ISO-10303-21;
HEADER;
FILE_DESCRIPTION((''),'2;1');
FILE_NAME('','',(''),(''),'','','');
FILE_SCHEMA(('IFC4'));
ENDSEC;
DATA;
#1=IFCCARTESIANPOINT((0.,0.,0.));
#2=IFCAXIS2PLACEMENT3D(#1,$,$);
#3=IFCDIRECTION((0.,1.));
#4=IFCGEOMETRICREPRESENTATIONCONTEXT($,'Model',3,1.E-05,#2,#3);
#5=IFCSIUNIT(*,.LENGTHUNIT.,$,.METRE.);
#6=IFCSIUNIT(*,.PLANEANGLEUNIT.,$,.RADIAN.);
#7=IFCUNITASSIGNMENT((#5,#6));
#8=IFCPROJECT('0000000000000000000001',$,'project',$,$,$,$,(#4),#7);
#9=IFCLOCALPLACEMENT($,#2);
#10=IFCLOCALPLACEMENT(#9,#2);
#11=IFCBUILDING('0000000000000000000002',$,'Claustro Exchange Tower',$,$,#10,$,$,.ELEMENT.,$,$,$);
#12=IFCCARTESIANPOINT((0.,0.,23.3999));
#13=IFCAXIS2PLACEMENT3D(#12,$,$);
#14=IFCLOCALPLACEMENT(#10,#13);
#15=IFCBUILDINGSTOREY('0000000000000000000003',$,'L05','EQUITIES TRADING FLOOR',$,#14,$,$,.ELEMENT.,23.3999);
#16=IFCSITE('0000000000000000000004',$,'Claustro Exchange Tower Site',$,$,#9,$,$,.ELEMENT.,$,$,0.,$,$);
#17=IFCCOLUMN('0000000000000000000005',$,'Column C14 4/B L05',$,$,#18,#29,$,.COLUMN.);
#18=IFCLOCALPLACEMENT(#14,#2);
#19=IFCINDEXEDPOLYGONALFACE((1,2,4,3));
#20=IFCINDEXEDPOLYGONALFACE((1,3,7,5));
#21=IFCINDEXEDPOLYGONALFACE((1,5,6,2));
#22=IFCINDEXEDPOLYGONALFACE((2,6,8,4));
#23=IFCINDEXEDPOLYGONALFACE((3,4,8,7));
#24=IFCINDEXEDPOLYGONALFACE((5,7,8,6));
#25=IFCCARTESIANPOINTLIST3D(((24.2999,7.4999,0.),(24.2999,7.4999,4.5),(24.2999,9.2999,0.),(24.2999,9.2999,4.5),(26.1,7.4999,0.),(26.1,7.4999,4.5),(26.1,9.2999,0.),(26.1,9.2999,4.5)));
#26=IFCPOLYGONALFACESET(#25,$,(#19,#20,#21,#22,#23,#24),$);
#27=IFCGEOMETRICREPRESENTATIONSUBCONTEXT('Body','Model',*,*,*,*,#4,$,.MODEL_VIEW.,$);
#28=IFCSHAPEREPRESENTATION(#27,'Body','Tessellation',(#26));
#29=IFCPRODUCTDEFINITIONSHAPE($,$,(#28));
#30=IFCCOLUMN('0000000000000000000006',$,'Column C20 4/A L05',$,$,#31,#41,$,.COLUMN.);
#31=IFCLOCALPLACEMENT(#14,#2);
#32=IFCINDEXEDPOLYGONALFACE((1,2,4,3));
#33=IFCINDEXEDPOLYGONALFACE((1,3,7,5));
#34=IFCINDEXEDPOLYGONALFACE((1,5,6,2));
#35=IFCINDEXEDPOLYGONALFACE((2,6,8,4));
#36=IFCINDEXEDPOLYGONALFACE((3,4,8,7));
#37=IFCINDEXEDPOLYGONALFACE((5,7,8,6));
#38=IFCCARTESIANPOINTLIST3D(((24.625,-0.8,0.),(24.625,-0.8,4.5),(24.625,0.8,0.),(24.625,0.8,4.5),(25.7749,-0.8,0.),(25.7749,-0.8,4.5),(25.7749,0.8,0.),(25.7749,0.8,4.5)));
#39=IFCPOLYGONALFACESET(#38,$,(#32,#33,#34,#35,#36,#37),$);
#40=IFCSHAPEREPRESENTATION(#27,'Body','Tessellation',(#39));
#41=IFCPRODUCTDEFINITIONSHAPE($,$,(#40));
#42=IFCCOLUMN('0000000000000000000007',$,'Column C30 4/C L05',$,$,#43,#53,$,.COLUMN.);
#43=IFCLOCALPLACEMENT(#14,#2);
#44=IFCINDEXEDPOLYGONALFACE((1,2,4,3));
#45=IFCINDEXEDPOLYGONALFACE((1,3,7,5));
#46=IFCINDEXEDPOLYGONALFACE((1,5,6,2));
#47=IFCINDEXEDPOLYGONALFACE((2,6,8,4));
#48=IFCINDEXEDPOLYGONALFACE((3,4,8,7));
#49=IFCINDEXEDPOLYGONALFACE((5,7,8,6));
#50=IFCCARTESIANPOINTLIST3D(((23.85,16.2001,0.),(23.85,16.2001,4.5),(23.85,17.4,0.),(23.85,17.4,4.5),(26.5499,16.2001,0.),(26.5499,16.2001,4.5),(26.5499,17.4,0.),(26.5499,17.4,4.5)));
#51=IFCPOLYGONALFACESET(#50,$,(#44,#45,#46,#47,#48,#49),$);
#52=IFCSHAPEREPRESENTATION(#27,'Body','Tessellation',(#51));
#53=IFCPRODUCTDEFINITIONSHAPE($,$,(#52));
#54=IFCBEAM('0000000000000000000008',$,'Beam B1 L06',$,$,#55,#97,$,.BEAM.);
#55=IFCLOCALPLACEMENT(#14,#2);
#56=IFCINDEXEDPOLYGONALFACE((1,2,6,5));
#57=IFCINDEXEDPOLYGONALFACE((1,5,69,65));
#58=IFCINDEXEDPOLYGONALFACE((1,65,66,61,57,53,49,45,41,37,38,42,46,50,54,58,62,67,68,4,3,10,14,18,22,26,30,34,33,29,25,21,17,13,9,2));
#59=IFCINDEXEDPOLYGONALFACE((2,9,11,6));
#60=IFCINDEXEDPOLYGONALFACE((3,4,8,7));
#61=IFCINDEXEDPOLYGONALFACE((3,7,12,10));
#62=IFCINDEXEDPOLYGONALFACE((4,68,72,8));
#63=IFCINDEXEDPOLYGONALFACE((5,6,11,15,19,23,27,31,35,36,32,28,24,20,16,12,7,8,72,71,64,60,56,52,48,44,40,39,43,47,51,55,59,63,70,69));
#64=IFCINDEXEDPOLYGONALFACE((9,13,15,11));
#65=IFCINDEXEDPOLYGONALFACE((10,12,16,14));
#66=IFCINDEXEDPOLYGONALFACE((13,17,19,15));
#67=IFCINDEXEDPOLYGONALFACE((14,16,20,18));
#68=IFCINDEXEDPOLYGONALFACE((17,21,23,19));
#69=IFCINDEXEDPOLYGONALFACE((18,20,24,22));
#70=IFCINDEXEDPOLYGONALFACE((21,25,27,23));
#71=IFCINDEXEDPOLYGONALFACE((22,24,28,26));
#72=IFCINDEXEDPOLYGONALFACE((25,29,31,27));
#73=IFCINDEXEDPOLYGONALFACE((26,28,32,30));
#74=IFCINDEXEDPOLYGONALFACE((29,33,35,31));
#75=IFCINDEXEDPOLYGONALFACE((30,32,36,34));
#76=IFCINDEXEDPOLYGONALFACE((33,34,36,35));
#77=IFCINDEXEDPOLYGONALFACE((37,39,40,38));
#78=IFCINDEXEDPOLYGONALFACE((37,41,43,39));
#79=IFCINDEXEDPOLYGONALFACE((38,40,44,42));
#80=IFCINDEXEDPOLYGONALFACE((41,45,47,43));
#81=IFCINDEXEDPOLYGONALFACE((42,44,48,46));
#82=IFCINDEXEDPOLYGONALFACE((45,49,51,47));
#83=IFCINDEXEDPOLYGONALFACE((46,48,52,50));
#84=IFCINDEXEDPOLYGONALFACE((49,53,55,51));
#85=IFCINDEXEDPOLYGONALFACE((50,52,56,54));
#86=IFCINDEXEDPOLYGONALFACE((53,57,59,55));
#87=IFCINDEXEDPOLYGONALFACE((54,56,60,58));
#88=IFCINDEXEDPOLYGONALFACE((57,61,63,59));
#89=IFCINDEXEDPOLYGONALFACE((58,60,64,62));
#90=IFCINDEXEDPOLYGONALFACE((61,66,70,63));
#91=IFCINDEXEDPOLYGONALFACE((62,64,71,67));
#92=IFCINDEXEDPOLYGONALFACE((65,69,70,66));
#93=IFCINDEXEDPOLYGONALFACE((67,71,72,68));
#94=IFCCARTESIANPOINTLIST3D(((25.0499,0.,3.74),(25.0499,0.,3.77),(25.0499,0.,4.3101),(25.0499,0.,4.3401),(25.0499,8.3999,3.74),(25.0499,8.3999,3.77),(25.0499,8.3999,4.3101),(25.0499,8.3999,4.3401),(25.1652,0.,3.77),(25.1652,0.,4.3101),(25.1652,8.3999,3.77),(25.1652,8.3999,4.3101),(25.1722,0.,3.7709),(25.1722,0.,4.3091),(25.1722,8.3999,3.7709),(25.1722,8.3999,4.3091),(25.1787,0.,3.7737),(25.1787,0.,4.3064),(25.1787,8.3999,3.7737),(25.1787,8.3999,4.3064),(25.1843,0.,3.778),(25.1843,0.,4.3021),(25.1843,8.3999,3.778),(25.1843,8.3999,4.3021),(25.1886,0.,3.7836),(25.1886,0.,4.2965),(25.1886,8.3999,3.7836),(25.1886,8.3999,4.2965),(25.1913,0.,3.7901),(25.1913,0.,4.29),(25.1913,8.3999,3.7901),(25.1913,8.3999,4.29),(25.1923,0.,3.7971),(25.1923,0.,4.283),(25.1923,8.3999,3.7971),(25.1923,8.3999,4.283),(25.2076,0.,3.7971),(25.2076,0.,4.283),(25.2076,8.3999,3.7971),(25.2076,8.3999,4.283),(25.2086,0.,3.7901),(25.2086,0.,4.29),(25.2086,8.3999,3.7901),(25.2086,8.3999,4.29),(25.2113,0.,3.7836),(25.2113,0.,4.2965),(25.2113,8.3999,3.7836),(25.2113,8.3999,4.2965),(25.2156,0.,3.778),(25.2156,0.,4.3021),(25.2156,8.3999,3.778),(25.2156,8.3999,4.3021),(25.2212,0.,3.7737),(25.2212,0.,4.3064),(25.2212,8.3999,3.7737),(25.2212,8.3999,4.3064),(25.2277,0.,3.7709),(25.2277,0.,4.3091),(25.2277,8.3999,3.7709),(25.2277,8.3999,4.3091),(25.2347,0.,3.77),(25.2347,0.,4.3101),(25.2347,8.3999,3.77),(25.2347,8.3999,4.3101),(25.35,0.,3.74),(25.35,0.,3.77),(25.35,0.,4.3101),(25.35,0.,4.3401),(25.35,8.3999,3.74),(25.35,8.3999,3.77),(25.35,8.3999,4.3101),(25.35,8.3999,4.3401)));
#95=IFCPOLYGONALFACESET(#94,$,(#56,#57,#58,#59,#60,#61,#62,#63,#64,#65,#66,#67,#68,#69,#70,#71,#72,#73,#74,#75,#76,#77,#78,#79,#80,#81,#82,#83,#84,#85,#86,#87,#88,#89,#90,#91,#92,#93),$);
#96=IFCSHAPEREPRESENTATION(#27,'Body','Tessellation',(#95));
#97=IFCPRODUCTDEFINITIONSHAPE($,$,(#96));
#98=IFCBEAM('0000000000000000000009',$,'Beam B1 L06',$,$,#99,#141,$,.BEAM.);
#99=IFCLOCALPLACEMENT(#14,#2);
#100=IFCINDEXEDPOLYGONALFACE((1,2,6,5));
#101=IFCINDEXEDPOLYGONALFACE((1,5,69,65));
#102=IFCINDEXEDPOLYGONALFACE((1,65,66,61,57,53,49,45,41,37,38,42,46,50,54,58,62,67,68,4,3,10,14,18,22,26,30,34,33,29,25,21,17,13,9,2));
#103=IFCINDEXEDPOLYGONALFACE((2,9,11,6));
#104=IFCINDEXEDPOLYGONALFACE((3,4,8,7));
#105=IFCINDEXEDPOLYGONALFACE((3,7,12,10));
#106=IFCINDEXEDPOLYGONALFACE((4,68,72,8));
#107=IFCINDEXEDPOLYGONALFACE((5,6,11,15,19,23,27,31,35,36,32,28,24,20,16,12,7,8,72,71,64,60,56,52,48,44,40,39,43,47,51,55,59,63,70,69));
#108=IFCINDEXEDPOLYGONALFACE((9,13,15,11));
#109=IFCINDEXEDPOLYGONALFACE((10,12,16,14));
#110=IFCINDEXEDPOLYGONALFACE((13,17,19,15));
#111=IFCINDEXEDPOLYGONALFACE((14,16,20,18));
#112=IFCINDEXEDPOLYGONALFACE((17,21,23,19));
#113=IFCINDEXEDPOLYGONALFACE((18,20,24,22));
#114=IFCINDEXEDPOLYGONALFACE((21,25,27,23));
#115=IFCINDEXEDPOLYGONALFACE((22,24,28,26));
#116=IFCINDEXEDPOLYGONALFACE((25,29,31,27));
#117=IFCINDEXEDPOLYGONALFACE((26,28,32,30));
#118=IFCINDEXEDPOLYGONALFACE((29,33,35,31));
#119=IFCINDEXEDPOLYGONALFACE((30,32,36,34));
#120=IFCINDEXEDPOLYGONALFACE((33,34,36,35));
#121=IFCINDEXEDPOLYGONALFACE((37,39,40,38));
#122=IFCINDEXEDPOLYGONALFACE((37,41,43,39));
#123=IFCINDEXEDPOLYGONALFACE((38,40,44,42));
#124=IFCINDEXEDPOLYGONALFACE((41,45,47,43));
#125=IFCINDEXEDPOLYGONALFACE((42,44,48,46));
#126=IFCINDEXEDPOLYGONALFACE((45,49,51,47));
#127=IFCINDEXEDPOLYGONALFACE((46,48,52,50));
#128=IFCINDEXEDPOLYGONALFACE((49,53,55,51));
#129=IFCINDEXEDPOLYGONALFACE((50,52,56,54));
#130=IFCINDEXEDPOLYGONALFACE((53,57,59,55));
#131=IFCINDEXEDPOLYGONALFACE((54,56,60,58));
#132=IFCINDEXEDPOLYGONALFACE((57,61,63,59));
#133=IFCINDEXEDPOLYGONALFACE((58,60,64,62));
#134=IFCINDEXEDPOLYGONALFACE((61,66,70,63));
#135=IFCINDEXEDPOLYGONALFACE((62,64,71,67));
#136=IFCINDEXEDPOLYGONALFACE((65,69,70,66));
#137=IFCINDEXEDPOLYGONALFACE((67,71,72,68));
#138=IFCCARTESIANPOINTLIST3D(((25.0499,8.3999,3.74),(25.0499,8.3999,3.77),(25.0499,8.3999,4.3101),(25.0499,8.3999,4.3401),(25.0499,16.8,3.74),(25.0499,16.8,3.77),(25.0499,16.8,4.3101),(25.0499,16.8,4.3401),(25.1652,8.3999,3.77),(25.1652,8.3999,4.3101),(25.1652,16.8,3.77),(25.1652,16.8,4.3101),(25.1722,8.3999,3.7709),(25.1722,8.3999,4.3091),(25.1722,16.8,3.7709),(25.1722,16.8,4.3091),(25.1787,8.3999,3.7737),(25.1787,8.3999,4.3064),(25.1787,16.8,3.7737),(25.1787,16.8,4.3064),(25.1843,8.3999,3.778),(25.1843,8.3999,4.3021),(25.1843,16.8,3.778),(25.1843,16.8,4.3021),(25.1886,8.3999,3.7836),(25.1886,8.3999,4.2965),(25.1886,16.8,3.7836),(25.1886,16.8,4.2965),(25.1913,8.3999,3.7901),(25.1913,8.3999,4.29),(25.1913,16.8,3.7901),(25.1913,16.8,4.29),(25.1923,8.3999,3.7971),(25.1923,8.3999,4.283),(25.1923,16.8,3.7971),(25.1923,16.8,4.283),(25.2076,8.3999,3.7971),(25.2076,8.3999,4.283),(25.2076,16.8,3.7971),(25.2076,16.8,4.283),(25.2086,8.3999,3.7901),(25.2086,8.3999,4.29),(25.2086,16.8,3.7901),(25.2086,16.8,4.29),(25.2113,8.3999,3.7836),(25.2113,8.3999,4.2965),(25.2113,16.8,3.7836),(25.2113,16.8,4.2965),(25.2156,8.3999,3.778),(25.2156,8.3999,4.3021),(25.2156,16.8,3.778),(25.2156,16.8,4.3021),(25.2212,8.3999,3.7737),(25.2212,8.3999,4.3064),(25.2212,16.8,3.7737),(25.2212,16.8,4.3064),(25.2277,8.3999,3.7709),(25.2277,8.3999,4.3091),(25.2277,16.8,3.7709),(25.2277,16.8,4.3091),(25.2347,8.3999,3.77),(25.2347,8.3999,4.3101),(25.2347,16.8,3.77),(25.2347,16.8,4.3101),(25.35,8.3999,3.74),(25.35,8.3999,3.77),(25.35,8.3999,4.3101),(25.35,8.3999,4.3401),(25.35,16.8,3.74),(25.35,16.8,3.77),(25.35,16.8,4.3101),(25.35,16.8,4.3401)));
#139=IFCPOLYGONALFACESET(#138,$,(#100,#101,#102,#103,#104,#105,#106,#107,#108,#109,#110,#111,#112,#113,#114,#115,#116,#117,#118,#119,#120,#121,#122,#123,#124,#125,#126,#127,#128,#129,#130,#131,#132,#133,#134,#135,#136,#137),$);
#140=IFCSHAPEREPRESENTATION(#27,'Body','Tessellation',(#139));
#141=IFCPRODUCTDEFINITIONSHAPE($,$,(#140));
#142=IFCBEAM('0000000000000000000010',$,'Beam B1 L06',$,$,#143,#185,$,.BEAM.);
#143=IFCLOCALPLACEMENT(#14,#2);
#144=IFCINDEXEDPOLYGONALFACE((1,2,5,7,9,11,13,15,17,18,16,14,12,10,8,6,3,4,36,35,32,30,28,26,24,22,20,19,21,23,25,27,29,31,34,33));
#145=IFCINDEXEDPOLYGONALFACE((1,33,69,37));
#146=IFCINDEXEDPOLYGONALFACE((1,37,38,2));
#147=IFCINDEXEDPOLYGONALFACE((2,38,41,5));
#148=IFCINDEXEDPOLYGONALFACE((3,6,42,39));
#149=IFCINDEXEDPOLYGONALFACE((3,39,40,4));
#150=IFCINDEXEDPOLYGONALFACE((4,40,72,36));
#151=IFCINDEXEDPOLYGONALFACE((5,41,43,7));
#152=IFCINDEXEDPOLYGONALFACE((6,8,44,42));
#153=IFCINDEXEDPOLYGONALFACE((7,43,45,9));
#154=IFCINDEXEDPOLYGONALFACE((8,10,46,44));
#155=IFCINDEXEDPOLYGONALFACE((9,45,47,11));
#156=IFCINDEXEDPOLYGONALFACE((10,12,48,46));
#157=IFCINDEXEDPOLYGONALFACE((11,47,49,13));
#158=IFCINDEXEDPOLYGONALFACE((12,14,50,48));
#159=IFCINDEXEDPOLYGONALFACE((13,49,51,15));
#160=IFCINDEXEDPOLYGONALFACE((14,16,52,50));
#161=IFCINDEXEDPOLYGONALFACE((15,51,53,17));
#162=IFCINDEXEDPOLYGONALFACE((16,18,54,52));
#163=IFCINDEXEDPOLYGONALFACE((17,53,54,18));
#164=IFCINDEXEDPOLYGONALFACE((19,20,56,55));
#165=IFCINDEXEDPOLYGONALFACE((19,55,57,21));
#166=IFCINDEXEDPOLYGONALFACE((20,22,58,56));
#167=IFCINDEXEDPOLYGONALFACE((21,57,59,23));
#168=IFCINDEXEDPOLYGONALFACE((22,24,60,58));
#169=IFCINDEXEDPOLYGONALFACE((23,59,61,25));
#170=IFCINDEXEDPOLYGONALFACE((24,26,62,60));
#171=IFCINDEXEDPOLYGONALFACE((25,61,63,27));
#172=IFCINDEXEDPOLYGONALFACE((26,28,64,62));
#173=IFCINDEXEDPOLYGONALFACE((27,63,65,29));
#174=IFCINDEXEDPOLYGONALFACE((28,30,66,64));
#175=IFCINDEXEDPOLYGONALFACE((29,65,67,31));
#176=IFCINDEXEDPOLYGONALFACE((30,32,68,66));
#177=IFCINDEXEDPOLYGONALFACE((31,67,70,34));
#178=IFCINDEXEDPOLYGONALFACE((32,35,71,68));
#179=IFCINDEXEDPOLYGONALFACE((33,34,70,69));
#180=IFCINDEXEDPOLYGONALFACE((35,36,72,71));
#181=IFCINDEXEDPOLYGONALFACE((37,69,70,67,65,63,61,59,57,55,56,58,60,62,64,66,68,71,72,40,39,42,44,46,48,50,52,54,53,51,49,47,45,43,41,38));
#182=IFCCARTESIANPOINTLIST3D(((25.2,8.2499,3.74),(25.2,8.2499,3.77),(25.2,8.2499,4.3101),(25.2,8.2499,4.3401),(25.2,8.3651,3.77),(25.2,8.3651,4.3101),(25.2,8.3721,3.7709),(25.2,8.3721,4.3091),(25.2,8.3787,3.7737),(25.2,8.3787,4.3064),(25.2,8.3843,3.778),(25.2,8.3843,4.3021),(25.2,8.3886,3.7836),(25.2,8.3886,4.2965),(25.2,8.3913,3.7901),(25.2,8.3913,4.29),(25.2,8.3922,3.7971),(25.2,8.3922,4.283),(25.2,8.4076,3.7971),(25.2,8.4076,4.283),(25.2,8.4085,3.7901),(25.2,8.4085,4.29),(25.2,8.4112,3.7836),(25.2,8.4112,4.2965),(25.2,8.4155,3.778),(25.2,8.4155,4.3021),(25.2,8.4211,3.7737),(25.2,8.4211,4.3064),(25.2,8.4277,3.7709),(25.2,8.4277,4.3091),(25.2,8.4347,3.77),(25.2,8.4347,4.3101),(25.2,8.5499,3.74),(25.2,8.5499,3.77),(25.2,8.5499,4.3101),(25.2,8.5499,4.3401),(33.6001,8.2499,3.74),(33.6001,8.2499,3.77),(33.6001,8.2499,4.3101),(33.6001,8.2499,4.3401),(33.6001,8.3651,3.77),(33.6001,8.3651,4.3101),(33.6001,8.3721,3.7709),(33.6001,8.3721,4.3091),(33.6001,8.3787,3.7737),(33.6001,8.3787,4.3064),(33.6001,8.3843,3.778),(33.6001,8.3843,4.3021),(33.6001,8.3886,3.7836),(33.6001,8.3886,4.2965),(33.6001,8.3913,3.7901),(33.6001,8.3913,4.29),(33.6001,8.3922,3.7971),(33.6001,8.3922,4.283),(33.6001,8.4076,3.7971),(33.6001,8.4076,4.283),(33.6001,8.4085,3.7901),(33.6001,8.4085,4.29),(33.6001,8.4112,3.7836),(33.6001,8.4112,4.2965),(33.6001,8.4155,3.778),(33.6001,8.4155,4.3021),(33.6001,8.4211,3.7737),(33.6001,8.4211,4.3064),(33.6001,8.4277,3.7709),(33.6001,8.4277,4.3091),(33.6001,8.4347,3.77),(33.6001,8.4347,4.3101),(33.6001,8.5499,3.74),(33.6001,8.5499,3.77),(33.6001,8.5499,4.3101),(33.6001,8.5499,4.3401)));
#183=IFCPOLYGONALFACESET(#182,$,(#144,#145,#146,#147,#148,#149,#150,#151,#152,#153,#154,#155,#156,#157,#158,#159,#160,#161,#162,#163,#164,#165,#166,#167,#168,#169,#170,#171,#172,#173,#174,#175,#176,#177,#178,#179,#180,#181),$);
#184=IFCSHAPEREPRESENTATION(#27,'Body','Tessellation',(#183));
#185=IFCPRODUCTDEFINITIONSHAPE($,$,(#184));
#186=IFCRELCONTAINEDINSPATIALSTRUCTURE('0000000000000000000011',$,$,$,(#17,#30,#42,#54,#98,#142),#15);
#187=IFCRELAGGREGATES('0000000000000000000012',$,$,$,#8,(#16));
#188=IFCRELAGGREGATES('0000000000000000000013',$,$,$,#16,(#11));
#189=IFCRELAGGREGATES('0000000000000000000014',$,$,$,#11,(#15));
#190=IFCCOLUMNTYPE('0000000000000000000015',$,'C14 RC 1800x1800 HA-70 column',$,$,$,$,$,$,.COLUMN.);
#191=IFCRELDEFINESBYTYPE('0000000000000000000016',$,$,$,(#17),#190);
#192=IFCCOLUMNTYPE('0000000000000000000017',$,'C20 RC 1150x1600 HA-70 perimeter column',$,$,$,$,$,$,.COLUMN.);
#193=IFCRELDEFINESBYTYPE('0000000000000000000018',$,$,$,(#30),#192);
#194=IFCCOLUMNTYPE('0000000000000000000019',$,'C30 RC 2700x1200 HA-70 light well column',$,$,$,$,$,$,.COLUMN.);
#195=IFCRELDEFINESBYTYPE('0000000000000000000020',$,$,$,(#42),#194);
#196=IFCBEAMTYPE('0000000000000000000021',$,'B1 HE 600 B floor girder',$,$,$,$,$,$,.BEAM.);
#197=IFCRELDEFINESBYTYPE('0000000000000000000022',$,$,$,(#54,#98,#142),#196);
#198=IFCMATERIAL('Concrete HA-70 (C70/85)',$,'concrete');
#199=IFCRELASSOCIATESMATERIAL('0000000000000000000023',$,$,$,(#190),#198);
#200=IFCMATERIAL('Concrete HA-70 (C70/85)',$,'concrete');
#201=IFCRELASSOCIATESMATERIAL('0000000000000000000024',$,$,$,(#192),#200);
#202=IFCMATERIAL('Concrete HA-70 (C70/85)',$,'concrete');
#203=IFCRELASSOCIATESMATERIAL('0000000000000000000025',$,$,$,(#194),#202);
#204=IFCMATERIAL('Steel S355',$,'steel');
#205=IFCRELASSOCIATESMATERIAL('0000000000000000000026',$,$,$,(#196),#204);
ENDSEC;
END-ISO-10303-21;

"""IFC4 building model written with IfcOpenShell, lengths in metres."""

from ifc_helpers import new_model, si_unit, direction, frame, origin, origin_2d, place, context, subcontext, project, spatial, rectangle, i_section, extrude, material, material_profile, profile_set, type_object, element, save


model = new_model("IFC4")

# Units and contexts
model_context = context("Model", 3, precision=1e-05, world=origin(), true_north=direction((0.0, 1.0)))
body_context = subcontext(model_context, "Body", "Model", "MODEL_VIEW")
ifc_project = project(units=[si_unit("LENGTHUNIT", "METRE"), si_unit("PLANEANGLEUNIT", "RADIAN")], contexts=[model_context])

# Site, building, storey
site_placement = place(None, origin())
site = spatial("IfcSite", under=ifc_project, at=site_placement, Name="Claustro Exchange Tower Site", CompositionType="ELEMENT", RefElevation=0.0)
building_placement = place(site_placement, origin())
building = spatial("IfcBuilding", under=site, at=building_placement, Name="Claustro Exchange Tower", CompositionType="ELEMENT")
storey_placement = place(building_placement, frame((0.0, 0.0, 23.3999)))
storey = spatial("IfcBuildingStorey", under=building, at=storey_placement, Name="L05", Description="EQUITIES TRADING FLOOR", CompositionType="ELEMENT", Elevation=23.3999)

# Columns
ifc_material_1 = material(Name="Concrete HA-70 (C70/85)", Category="concrete")
ifc_material_profile_1 = material_profile(ifc_material_1, rectangle(XDim=1.8, YDim=1.8, at=origin_2d()), Name="RC 1800x1800")
ifc_profile_set_1 = profile_set([ifc_material_profile_1], Name="Concrete HA-70 (C70/85)")
column_type_1 = type_object("IfcColumnType", Name="C14 RC 1800x1800 HA-70 column", PredefinedType="COLUMN", material=ifc_profile_set_1)
column_1_placement = place(storey_placement, frame((25.2, 8.3999, 0.0), z_axis=(0.0, 0.0, 1.0), x_axis=(1.0, 0.0, 0.0)))
element("IfcColumn", 1, at=column_1_placement, inside=storey, type_object=column_type_1, Name="Column C14 4/B L05", PredefinedType="COLUMN", context=body_context, shape_type="SweptSolid", body=[
    extrude(rectangle(XDim=1.8, YDim=1.8, at=origin_2d()), origin(), (0.0, 0.0, 1.0), 4.5),
])
ifc_material_2 = material(Name="Concrete HA-70 (C70/85)", Category="concrete")
ifc_material_profile_2 = material_profile(ifc_material_2, rectangle(XDim=1.1499, YDim=1.6001, at=origin_2d()), Name="RC 1150x1600")
ifc_profile_set_2 = profile_set([ifc_material_profile_2], Name="Concrete HA-70 (C70/85)")
column_type_2 = type_object("IfcColumnType", Name="C20 RC 1150x1600 HA-70 perimeter column", PredefinedType="COLUMN", material=ifc_profile_set_2)
column_2_placement = place(storey_placement, frame((25.2, 0.0, 0.0), z_axis=(0.0, 0.0, 1.0), x_axis=(1.0, 0.0, 0.0)))
element("IfcColumn", 2, at=column_2_placement, inside=storey, type_object=column_type_2, Name="Column C20 4/A L05", PredefinedType="COLUMN", context=body_context, shape_type="SweptSolid", body=[
    extrude(rectangle(XDim=1.1499, YDim=1.6001, at=origin_2d()), origin(), (0.0, 0.0, 1.0), 4.5),
])
ifc_material_3 = material(Name="Concrete HA-70 (C70/85)", Category="concrete")
ifc_material_profile_3 = material_profile(ifc_material_3, rectangle(XDim=2.7, YDim=1.2, at=origin_2d()), Name="RC 2700x1200")
ifc_profile_set_3 = profile_set([ifc_material_profile_3], Name="Concrete HA-70 (C70/85)")
column_type_3 = type_object("IfcColumnType", Name="C30 RC 2700x1200 HA-70 light well column", PredefinedType="COLUMN", material=ifc_profile_set_3)
column_3_placement = place(storey_placement, frame((25.2, 16.8, 0.0), z_axis=(0.0, 0.0, 1.0), x_axis=(1.0, 0.0, 0.0)))
element("IfcColumn", 3, at=column_3_placement, inside=storey, type_object=column_type_3, Name="Column C30 4/C L05", PredefinedType="COLUMN", context=body_context, shape_type="SweptSolid", body=[
    extrude(rectangle(XDim=2.7, YDim=1.2, at=origin_2d()), origin(), (0.0, 0.0, 1.0), 4.5),
])

# Beams
ifc_material_4 = material(Name="Steel S355", Category="steel")
ifc_material_profile_4 = material_profile(ifc_material_4, i_section(OverallWidth=0.3, OverallDepth=0.6001, WebThickness=0.0154, FlangeThickness=0.03, FilletRadius=0.0271, at=origin_2d()), Name="HE 600 B")
ifc_profile_set_4 = profile_set([ifc_material_profile_4], Name="Steel S355")
beam_type_1 = type_object("IfcBeamType", Name="B1 HE 600 B floor girder", PredefinedType="BEAM", material=ifc_profile_set_4)
beam_1_placement = place(storey_placement, frame((25.2, 0.0, 4.04), z_axis=(0.0, 1.0, 0.0), x_axis=(-1.0, 0.0, 0.0)))
element("IfcBeam", 4, at=beam_1_placement, inside=storey, type_object=beam_type_1, Name="Beam B1 L06", PredefinedType="BEAM", context=body_context, shape_type="SweptSolid", body=[
    extrude(i_section(OverallWidth=0.3, OverallDepth=0.6001, WebThickness=0.0154, FlangeThickness=0.03, FilletRadius=0.0271, at=origin_2d()), origin(), (0.0, 0.0, 1.0), 8.3999),
])
for number, where, z_axis, x_axis, name in (
    (5, (25.2, 8.3999, 4.04), (0.0, 1.0, 0.0), (-1.0, 0.0, 0.0), "Beam B1 L06"),
    (6, (25.2, 8.3999, 4.04), (1.0, 0.0, 0.0), (0.0, 1.0, 0.0), "Beam B1 L06"),
):
    element("IfcBeam", number, at=place(storey_placement, frame(where, z_axis=z_axis, x_axis=x_axis)), inside=storey, type_object=beam_type_1, Name=name, PredefinedType="BEAM", context=body_context, shape_type="SweptSolid", body=[
        extrude(i_section(OverallWidth=0.3, OverallDepth=0.6001, WebThickness=0.0154, FlangeThickness=0.03, FilletRadius=0.0271, at=origin_2d()), origin(), (0.0, 0.0, 1.0), 8.4001),
    ])

save(model, "model.ifc")
